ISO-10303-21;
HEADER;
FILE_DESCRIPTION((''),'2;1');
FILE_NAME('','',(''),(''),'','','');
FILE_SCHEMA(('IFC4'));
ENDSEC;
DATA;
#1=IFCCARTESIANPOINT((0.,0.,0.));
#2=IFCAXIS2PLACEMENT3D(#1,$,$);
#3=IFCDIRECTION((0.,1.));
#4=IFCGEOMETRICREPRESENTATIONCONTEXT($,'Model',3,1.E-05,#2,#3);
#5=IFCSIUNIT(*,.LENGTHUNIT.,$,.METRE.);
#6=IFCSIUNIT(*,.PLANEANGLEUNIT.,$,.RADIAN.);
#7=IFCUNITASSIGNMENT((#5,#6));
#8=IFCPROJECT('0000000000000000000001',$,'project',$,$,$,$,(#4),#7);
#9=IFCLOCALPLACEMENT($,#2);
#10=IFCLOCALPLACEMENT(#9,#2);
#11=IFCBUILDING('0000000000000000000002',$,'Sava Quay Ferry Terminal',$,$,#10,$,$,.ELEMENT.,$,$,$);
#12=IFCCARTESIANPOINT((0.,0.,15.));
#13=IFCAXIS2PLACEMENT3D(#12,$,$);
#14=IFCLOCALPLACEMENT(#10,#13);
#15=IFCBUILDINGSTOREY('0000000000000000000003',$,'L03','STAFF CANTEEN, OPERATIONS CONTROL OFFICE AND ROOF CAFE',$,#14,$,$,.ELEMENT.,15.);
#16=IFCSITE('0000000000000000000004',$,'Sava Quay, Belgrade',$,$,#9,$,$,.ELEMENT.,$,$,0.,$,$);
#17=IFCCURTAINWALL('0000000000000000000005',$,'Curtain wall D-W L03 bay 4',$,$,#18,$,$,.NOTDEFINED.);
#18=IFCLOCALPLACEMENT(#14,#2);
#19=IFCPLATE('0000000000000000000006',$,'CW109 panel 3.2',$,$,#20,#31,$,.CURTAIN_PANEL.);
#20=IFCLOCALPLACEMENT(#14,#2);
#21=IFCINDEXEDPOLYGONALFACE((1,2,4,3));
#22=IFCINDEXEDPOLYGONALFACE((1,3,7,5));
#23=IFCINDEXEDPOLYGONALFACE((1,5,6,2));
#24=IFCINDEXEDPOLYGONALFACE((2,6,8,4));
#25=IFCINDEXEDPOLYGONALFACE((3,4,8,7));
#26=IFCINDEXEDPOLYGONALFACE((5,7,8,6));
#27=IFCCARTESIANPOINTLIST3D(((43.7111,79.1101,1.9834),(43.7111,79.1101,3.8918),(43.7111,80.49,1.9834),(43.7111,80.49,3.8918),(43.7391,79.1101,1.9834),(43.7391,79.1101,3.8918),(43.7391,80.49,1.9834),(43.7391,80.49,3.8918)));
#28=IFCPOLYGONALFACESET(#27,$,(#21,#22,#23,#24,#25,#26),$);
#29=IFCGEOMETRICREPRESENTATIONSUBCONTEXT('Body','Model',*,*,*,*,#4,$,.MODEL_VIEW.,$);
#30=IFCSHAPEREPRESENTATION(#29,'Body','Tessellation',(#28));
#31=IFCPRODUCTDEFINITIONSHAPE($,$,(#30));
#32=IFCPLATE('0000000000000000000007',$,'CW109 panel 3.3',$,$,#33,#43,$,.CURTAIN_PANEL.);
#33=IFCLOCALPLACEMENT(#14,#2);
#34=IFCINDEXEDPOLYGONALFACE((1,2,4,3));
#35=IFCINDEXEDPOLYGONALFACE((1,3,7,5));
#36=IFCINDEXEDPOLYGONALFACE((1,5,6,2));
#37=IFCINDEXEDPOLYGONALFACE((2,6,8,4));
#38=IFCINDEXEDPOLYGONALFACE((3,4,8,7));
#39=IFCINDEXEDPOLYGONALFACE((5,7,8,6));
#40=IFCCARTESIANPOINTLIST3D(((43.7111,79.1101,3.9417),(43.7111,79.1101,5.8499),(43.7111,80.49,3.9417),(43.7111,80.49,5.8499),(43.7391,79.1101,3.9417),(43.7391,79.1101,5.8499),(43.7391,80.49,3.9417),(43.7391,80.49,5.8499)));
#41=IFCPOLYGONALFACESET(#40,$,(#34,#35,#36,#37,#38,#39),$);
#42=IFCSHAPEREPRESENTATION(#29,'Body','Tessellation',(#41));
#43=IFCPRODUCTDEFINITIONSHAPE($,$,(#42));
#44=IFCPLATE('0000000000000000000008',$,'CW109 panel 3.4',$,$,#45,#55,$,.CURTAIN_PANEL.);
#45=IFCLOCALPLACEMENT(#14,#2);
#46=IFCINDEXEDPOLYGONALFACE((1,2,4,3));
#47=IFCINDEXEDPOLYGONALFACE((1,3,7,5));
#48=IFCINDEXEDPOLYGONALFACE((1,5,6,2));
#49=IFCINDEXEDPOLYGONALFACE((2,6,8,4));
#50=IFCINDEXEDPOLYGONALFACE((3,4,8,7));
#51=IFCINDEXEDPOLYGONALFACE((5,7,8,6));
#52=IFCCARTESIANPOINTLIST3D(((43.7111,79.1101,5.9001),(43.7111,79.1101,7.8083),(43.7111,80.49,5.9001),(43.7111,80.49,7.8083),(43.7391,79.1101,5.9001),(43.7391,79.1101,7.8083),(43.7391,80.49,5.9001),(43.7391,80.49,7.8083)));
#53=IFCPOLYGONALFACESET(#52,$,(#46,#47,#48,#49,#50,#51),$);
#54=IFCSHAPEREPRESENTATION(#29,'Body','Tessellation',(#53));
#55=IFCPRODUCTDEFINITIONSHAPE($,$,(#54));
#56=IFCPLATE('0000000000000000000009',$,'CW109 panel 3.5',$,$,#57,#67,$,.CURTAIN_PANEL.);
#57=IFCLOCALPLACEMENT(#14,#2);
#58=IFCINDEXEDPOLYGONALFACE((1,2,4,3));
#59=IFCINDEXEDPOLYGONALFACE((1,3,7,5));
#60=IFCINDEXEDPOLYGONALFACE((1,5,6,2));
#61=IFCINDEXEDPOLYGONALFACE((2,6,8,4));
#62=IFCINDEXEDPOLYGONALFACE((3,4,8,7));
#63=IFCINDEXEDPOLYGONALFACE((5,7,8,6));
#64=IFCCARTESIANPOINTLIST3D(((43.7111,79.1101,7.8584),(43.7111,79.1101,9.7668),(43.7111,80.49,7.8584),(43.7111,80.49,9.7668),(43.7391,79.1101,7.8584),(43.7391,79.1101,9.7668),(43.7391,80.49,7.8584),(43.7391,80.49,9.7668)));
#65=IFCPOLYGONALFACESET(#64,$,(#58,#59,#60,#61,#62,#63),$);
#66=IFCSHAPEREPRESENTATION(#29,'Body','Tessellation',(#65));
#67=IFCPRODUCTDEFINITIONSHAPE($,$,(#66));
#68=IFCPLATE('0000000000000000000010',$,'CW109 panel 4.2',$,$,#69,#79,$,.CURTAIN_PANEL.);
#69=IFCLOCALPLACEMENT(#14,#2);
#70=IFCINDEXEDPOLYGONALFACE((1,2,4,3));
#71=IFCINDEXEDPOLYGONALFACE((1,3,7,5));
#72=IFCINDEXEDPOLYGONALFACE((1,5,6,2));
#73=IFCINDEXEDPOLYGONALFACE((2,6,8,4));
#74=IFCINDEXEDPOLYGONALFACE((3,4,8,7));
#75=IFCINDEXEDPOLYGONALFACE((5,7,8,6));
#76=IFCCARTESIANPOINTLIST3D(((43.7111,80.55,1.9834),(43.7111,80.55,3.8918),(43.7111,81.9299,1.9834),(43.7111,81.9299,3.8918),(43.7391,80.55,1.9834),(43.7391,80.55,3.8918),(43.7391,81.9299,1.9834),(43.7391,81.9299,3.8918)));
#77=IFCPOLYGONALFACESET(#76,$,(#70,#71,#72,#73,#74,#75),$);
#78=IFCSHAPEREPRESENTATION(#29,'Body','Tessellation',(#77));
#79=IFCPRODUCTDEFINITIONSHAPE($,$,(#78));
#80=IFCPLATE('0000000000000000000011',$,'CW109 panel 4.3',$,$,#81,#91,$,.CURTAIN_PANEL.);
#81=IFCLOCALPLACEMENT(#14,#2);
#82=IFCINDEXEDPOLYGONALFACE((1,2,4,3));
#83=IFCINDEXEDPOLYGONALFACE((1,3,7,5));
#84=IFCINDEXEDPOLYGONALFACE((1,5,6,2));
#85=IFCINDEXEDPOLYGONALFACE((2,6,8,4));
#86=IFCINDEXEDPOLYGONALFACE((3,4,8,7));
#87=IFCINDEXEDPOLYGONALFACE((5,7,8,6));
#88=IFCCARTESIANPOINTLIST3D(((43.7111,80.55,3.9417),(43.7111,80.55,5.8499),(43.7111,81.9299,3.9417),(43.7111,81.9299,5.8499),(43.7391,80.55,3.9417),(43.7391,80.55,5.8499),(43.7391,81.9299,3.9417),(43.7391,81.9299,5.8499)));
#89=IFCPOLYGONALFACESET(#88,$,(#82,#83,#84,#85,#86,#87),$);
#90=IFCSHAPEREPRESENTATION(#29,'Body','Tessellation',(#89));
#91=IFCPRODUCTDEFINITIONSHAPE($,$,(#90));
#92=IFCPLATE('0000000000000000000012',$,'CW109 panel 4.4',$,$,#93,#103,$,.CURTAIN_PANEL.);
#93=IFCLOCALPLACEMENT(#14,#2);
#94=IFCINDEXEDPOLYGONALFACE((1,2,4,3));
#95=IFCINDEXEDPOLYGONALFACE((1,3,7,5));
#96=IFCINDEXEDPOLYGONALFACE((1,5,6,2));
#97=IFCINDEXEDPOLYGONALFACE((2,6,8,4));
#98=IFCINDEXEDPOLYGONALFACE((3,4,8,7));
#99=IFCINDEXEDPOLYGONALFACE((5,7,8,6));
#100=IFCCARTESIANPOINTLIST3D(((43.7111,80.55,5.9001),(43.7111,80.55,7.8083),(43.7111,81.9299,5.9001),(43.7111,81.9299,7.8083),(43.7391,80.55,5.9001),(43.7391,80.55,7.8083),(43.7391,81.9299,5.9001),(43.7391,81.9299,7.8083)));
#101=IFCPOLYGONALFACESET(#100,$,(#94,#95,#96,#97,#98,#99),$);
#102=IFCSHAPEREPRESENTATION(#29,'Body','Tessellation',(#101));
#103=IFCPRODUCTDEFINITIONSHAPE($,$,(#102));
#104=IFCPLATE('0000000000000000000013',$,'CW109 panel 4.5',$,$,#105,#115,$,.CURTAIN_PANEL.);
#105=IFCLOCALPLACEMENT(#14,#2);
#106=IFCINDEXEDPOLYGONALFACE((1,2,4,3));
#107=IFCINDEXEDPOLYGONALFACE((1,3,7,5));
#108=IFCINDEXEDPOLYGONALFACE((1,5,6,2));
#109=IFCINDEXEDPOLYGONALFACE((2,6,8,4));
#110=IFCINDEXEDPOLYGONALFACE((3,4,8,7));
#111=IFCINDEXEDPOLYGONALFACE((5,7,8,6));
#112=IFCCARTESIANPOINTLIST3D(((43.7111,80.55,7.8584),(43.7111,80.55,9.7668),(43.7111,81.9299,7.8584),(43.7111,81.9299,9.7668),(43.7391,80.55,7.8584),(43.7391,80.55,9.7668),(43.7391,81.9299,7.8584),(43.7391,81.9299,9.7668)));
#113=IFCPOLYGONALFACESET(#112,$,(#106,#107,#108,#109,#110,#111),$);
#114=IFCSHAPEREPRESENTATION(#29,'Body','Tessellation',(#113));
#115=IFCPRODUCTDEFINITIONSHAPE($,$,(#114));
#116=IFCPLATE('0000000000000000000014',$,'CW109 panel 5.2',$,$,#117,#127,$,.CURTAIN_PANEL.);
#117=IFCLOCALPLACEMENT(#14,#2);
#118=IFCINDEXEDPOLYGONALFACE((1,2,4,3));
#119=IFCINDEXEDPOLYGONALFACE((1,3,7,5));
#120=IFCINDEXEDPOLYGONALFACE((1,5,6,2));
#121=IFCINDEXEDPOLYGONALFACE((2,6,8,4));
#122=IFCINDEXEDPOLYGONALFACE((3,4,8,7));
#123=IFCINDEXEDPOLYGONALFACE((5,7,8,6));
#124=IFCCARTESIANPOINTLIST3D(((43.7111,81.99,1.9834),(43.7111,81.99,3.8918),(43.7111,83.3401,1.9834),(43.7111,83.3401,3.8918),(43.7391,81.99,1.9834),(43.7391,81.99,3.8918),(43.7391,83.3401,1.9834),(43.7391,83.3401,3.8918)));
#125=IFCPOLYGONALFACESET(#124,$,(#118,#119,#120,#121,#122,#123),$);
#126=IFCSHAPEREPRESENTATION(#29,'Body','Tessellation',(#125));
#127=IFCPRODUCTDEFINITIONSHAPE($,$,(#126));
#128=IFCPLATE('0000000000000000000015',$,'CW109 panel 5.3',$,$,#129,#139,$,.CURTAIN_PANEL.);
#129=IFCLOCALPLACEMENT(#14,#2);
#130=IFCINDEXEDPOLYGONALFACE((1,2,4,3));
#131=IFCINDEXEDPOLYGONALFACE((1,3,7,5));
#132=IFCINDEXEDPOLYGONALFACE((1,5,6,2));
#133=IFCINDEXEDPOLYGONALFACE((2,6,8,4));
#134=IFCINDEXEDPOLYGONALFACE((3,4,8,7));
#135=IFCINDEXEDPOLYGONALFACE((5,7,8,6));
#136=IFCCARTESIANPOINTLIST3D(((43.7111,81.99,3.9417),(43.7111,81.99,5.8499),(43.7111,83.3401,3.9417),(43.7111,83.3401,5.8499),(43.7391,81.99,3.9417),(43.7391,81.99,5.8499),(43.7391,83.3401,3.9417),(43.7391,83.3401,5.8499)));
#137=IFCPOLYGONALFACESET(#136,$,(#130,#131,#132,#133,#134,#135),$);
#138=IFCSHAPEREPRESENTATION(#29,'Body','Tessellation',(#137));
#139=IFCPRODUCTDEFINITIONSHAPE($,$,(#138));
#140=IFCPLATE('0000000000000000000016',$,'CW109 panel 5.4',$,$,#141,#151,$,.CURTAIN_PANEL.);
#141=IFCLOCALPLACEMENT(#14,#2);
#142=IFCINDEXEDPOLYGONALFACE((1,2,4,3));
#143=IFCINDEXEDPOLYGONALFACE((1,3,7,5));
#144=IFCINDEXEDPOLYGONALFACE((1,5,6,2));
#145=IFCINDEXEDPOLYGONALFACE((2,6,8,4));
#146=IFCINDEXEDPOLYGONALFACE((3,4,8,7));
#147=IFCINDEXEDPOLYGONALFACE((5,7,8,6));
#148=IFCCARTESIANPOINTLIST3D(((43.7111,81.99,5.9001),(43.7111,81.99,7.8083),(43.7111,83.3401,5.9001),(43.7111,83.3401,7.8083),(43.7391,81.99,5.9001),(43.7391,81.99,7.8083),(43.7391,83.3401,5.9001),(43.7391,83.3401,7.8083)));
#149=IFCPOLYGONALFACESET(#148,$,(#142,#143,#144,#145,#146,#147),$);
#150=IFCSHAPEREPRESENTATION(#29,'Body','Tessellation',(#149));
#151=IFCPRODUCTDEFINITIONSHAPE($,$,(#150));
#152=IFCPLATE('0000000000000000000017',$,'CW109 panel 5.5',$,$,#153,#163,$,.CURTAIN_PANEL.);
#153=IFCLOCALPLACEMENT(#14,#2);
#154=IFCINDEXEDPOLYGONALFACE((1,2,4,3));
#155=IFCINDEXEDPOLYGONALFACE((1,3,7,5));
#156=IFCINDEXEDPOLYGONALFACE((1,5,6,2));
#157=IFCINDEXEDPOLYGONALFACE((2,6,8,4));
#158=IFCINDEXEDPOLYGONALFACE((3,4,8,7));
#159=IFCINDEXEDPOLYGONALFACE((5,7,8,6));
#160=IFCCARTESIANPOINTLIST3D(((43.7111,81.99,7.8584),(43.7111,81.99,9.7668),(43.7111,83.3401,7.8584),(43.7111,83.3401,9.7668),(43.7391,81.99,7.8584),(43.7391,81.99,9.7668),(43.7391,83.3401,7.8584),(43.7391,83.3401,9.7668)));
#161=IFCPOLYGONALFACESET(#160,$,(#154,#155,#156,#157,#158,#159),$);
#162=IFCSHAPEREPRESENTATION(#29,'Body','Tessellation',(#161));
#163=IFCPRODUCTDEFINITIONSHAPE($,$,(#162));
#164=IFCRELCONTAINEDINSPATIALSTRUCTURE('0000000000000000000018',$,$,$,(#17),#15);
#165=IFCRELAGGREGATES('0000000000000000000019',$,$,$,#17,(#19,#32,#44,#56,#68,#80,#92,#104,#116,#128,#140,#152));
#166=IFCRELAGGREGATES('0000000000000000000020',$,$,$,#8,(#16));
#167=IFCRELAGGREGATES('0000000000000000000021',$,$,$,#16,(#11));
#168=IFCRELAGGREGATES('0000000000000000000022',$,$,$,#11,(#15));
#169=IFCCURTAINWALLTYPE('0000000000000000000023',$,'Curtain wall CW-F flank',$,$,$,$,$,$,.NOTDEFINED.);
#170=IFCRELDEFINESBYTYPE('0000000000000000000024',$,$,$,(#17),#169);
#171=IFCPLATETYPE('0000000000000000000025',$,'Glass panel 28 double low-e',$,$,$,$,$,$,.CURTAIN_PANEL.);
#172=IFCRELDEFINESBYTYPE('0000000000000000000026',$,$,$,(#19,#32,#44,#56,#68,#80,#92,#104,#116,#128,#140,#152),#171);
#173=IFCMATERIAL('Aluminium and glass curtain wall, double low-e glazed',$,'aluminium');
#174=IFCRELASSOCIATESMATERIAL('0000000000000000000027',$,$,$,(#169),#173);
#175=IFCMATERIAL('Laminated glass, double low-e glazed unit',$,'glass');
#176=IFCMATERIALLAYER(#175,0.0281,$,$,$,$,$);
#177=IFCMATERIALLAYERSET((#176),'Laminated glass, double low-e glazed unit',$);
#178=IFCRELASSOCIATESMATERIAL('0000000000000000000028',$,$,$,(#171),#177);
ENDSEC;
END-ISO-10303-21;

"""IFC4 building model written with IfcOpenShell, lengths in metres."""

from ifc_helpers import new_model, si_unit, direction, frame, origin, origin_2d, place, context, subcontext, project, spatial, rectangle, extrude, material, layer, layer_set, type_object, element, aggregate, save


model = new_model("IFC4")

# Units and contexts
model_context = context("Model", 3, precision=1e-05, world=origin(), true_north=direction((0.0, 1.0)))
body_context = subcontext(model_context, "Body", "Model", "MODEL_VIEW")
ifc_project = project(units=[si_unit("LENGTHUNIT", "METRE"), si_unit("PLANEANGLEUNIT", "RADIAN")], contexts=[model_context])

# Site, building, storey
site_placement = place(None, origin())
site = spatial("IfcSite", under=ifc_project, at=site_placement, Name="Sava Quay, Belgrade", CompositionType="ELEMENT", RefElevation=0.0)
building_placement = place(site_placement, origin())
building = spatial("IfcBuilding", under=site, at=building_placement, Name="Sava Quay Ferry Terminal", CompositionType="ELEMENT")
storey_placement = place(building_placement, frame((0.0, 0.0, 15.0)))
storey = spatial("IfcBuildingStorey", under=building, at=storey_placement, Name="L03", Description="STAFF CANTEEN, OPERATIONS CONTROL OFFICE AND ROOF CAFE", CompositionType="ELEMENT", Elevation=15.0)

# Curtain wall, plates
ifc_material_1 = material(Name="Aluminium and glass curtain wall, double low-e glazed", Category="aluminium")
curtain_wall_type = type_object("IfcCurtainWallType", Name="Curtain wall CW-F flank", PredefinedType="NOTDEFINED", material=ifc_material_1)
curtain_wall_placement = place(storey_placement, origin())
curtain_wall = element("IfcCurtainWall", 1, at=curtain_wall_placement, inside=storey, type_object=curtain_wall_type, Name="Curtain wall D-W L03 bay 4", PredefinedType="NOTDEFINED")
ifc_material_2 = material(Name="Laminated glass, double low-e glazed unit", Category="glass")
ifc_layer = layer(ifc_material_2, 0.0281)
ifc_layer_set = layer_set([ifc_layer], Name="Laminated glass, double low-e glazed unit")
plate_type = type_object("IfcPlateType", Name="Glass panel 28 double low-e", PredefinedType="CURTAIN_PANEL", material=ifc_layer_set)
plate_1_placement = place(storey_placement, frame((43.7251, 79.8, 1.9834), z_axis=(0.0, 0.0, 1.0), x_axis=(0.0, 1.0, 0.0)))
plate_1 = element("IfcPlate", 2, at=plate_1_placement, type_object=plate_type, Name="CW109 panel 3.2", PredefinedType="CURTAIN_PANEL", context=body_context, shape_type="SweptSolid", body=[
    extrude(rectangle(XDim=1.3799, YDim=0.0281, at=origin_2d()), origin(), (0.0, 0.0, 1.0), 1.9084),
])
plate_2_placement = place(storey_placement, frame((43.7251, 79.8, 3.9417), z_axis=(0.0, 0.0, 1.0), x_axis=(0.0, 1.0, 0.0)))
plate_2 = element("IfcPlate", 3, at=plate_2_placement, type_object=plate_type, Name="CW109 panel 3.3", PredefinedType="CURTAIN_PANEL", context=body_context, shape_type="SweptSolid", body=[
    extrude(rectangle(XDim=1.3799, YDim=0.0281, at=origin_2d()), origin(), (0.0, 0.0, 1.0), 1.9082),
])
plate_3_placement = place(storey_placement, frame((43.7251, 79.8, 5.9001), z_axis=(0.0, 0.0, 1.0), x_axis=(0.0, 1.0, 0.0)))
plate_3 = element("IfcPlate", 4, at=plate_3_placement, type_object=plate_type, Name="CW109 panel 3.4", PredefinedType="CURTAIN_PANEL", context=body_context, shape_type="SweptSolid", body=[
    extrude(rectangle(XDim=1.3799, YDim=0.0281, at=origin_2d()), origin(), (0.0, 0.0, 1.0), 1.9082),
])
plate_4_placement = place(storey_placement, frame((43.7251, 79.8, 7.8584), z_axis=(0.0, 0.0, 1.0), x_axis=(0.0, 1.0, 0.0)))
plate_4 = element("IfcPlate", 5, at=plate_4_placement, type_object=plate_type, Name="CW109 panel 3.5", PredefinedType="CURTAIN_PANEL", context=body_context, shape_type="SweptSolid", body=[
    extrude(rectangle(XDim=1.3799, YDim=0.0281, at=origin_2d()), origin(), (0.0, 0.0, 1.0), 1.9084),
])
plate_5_placement = place(storey_placement, frame((43.7251, 81.24, 1.9834), z_axis=(0.0, 0.0, 1.0), x_axis=(0.0, 1.0, 0.0)))
plate_5 = element("IfcPlate", 6, at=plate_5_placement, type_object=plate_type, Name="CW109 panel 4.2", PredefinedType="CURTAIN_PANEL", context=body_context, shape_type="SweptSolid", body=[
    extrude(rectangle(XDim=1.3799, YDim=0.0281, at=origin_2d()), origin(), (0.0, 0.0, 1.0), 1.9084),
])
plate_6_placement = place(storey_placement, frame((43.7251, 81.24, 3.9417), z_axis=(0.0, 0.0, 1.0), x_axis=(0.0, 1.0, 0.0)))
plate_6 = element("IfcPlate", 7, at=plate_6_placement, type_object=plate_type, Name="CW109 panel 4.3", PredefinedType="CURTAIN_PANEL", context=body_context, shape_type="SweptSolid", body=[
    extrude(rectangle(XDim=1.3799, YDim=0.0281, at=origin_2d()), origin(), (0.0, 0.0, 1.0), 1.9082),
])
plate_7_placement = place(storey_placement, frame((43.7251, 81.24, 5.9001), z_axis=(0.0, 0.0, 1.0), x_axis=(0.0, 1.0, 0.0)))
plate_7 = element("IfcPlate", 8, at=plate_7_placement, type_object=plate_type, Name="CW109 panel 4.4", PredefinedType="CURTAIN_PANEL", context=body_context, shape_type="SweptSolid", body=[
    extrude(rectangle(XDim=1.3799, YDim=0.0281, at=origin_2d()), origin(), (0.0, 0.0, 1.0), 1.9082),
])
plate_8_placement = place(storey_placement, frame((43.7251, 81.24, 7.8584), z_axis=(0.0, 0.0, 1.0), x_axis=(0.0, 1.0, 0.0)))
plate_8 = element("IfcPlate", 9, at=plate_8_placement, type_object=plate_type, Name="CW109 panel 4.5", PredefinedType="CURTAIN_PANEL", context=body_context, shape_type="SweptSolid", body=[
    extrude(rectangle(XDim=1.3799, YDim=0.0281, at=origin_2d()), origin(), (0.0, 0.0, 1.0), 1.9084),
])
plate_9_placement = place(storey_placement, frame((43.7251, 82.665, 1.9834), z_axis=(0.0, 0.0, 1.0), x_axis=(0.0, 1.0, 0.0)))
plate_9 = element("IfcPlate", 10, at=plate_9_placement, type_object=plate_type, Name="CW109 panel 5.2", PredefinedType="CURTAIN_PANEL", context=body_context, shape_type="SweptSolid", body=[
    extrude(rectangle(XDim=1.3501, YDim=0.0281, at=origin_2d()), origin(), (0.0, 0.0, 1.0), 1.9084),
])
plate_10_placement = place(storey_placement, frame((43.7251, 82.665, 3.9417), z_axis=(0.0, 0.0, 1.0), x_axis=(0.0, 1.0, 0.0)))
plate_10 = element("IfcPlate", 11, at=plate_10_placement, type_object=plate_type, Name="CW109 panel 5.3", PredefinedType="CURTAIN_PANEL", context=body_context, shape_type="SweptSolid", body=[
    extrude(rectangle(XDim=1.3501, YDim=0.0281, at=origin_2d()), origin(), (0.0, 0.0, 1.0), 1.9082),
])
plate_11_placement = place(storey_placement, frame((43.7251, 82.665, 5.9001), z_axis=(0.0, 0.0, 1.0), x_axis=(0.0, 1.0, 0.0)))
plate_11 = element("IfcPlate", 12, at=plate_11_placement, type_object=plate_type, Name="CW109 panel 5.4", PredefinedType="CURTAIN_PANEL", context=body_context, shape_type="SweptSolid", body=[
    extrude(rectangle(XDim=1.3501, YDim=0.0281, at=origin_2d()), origin(), (0.0, 0.0, 1.0), 1.9082),
])
plate_12_placement = place(storey_placement, frame((43.7251, 82.665, 7.8584), z_axis=(0.0, 0.0, 1.0), x_axis=(0.0, 1.0, 0.0)))
plate_12 = element("IfcPlate", 13, at=plate_12_placement, type_object=plate_type, Name="CW109 panel 5.5", PredefinedType="CURTAIN_PANEL", context=body_context, shape_type="SweptSolid", body=[
    extrude(rectangle(XDim=1.3501, YDim=0.0281, at=origin_2d()), origin(), (0.0, 0.0, 1.0), 1.9084),
])
aggregate(curtain_wall, [plate_1, plate_2, plate_3, plate_4, plate_5, plate_6, plate_7, plate_8, plate_9, plate_10, plate_11, plate_12])

save(model, "model.ifc")
